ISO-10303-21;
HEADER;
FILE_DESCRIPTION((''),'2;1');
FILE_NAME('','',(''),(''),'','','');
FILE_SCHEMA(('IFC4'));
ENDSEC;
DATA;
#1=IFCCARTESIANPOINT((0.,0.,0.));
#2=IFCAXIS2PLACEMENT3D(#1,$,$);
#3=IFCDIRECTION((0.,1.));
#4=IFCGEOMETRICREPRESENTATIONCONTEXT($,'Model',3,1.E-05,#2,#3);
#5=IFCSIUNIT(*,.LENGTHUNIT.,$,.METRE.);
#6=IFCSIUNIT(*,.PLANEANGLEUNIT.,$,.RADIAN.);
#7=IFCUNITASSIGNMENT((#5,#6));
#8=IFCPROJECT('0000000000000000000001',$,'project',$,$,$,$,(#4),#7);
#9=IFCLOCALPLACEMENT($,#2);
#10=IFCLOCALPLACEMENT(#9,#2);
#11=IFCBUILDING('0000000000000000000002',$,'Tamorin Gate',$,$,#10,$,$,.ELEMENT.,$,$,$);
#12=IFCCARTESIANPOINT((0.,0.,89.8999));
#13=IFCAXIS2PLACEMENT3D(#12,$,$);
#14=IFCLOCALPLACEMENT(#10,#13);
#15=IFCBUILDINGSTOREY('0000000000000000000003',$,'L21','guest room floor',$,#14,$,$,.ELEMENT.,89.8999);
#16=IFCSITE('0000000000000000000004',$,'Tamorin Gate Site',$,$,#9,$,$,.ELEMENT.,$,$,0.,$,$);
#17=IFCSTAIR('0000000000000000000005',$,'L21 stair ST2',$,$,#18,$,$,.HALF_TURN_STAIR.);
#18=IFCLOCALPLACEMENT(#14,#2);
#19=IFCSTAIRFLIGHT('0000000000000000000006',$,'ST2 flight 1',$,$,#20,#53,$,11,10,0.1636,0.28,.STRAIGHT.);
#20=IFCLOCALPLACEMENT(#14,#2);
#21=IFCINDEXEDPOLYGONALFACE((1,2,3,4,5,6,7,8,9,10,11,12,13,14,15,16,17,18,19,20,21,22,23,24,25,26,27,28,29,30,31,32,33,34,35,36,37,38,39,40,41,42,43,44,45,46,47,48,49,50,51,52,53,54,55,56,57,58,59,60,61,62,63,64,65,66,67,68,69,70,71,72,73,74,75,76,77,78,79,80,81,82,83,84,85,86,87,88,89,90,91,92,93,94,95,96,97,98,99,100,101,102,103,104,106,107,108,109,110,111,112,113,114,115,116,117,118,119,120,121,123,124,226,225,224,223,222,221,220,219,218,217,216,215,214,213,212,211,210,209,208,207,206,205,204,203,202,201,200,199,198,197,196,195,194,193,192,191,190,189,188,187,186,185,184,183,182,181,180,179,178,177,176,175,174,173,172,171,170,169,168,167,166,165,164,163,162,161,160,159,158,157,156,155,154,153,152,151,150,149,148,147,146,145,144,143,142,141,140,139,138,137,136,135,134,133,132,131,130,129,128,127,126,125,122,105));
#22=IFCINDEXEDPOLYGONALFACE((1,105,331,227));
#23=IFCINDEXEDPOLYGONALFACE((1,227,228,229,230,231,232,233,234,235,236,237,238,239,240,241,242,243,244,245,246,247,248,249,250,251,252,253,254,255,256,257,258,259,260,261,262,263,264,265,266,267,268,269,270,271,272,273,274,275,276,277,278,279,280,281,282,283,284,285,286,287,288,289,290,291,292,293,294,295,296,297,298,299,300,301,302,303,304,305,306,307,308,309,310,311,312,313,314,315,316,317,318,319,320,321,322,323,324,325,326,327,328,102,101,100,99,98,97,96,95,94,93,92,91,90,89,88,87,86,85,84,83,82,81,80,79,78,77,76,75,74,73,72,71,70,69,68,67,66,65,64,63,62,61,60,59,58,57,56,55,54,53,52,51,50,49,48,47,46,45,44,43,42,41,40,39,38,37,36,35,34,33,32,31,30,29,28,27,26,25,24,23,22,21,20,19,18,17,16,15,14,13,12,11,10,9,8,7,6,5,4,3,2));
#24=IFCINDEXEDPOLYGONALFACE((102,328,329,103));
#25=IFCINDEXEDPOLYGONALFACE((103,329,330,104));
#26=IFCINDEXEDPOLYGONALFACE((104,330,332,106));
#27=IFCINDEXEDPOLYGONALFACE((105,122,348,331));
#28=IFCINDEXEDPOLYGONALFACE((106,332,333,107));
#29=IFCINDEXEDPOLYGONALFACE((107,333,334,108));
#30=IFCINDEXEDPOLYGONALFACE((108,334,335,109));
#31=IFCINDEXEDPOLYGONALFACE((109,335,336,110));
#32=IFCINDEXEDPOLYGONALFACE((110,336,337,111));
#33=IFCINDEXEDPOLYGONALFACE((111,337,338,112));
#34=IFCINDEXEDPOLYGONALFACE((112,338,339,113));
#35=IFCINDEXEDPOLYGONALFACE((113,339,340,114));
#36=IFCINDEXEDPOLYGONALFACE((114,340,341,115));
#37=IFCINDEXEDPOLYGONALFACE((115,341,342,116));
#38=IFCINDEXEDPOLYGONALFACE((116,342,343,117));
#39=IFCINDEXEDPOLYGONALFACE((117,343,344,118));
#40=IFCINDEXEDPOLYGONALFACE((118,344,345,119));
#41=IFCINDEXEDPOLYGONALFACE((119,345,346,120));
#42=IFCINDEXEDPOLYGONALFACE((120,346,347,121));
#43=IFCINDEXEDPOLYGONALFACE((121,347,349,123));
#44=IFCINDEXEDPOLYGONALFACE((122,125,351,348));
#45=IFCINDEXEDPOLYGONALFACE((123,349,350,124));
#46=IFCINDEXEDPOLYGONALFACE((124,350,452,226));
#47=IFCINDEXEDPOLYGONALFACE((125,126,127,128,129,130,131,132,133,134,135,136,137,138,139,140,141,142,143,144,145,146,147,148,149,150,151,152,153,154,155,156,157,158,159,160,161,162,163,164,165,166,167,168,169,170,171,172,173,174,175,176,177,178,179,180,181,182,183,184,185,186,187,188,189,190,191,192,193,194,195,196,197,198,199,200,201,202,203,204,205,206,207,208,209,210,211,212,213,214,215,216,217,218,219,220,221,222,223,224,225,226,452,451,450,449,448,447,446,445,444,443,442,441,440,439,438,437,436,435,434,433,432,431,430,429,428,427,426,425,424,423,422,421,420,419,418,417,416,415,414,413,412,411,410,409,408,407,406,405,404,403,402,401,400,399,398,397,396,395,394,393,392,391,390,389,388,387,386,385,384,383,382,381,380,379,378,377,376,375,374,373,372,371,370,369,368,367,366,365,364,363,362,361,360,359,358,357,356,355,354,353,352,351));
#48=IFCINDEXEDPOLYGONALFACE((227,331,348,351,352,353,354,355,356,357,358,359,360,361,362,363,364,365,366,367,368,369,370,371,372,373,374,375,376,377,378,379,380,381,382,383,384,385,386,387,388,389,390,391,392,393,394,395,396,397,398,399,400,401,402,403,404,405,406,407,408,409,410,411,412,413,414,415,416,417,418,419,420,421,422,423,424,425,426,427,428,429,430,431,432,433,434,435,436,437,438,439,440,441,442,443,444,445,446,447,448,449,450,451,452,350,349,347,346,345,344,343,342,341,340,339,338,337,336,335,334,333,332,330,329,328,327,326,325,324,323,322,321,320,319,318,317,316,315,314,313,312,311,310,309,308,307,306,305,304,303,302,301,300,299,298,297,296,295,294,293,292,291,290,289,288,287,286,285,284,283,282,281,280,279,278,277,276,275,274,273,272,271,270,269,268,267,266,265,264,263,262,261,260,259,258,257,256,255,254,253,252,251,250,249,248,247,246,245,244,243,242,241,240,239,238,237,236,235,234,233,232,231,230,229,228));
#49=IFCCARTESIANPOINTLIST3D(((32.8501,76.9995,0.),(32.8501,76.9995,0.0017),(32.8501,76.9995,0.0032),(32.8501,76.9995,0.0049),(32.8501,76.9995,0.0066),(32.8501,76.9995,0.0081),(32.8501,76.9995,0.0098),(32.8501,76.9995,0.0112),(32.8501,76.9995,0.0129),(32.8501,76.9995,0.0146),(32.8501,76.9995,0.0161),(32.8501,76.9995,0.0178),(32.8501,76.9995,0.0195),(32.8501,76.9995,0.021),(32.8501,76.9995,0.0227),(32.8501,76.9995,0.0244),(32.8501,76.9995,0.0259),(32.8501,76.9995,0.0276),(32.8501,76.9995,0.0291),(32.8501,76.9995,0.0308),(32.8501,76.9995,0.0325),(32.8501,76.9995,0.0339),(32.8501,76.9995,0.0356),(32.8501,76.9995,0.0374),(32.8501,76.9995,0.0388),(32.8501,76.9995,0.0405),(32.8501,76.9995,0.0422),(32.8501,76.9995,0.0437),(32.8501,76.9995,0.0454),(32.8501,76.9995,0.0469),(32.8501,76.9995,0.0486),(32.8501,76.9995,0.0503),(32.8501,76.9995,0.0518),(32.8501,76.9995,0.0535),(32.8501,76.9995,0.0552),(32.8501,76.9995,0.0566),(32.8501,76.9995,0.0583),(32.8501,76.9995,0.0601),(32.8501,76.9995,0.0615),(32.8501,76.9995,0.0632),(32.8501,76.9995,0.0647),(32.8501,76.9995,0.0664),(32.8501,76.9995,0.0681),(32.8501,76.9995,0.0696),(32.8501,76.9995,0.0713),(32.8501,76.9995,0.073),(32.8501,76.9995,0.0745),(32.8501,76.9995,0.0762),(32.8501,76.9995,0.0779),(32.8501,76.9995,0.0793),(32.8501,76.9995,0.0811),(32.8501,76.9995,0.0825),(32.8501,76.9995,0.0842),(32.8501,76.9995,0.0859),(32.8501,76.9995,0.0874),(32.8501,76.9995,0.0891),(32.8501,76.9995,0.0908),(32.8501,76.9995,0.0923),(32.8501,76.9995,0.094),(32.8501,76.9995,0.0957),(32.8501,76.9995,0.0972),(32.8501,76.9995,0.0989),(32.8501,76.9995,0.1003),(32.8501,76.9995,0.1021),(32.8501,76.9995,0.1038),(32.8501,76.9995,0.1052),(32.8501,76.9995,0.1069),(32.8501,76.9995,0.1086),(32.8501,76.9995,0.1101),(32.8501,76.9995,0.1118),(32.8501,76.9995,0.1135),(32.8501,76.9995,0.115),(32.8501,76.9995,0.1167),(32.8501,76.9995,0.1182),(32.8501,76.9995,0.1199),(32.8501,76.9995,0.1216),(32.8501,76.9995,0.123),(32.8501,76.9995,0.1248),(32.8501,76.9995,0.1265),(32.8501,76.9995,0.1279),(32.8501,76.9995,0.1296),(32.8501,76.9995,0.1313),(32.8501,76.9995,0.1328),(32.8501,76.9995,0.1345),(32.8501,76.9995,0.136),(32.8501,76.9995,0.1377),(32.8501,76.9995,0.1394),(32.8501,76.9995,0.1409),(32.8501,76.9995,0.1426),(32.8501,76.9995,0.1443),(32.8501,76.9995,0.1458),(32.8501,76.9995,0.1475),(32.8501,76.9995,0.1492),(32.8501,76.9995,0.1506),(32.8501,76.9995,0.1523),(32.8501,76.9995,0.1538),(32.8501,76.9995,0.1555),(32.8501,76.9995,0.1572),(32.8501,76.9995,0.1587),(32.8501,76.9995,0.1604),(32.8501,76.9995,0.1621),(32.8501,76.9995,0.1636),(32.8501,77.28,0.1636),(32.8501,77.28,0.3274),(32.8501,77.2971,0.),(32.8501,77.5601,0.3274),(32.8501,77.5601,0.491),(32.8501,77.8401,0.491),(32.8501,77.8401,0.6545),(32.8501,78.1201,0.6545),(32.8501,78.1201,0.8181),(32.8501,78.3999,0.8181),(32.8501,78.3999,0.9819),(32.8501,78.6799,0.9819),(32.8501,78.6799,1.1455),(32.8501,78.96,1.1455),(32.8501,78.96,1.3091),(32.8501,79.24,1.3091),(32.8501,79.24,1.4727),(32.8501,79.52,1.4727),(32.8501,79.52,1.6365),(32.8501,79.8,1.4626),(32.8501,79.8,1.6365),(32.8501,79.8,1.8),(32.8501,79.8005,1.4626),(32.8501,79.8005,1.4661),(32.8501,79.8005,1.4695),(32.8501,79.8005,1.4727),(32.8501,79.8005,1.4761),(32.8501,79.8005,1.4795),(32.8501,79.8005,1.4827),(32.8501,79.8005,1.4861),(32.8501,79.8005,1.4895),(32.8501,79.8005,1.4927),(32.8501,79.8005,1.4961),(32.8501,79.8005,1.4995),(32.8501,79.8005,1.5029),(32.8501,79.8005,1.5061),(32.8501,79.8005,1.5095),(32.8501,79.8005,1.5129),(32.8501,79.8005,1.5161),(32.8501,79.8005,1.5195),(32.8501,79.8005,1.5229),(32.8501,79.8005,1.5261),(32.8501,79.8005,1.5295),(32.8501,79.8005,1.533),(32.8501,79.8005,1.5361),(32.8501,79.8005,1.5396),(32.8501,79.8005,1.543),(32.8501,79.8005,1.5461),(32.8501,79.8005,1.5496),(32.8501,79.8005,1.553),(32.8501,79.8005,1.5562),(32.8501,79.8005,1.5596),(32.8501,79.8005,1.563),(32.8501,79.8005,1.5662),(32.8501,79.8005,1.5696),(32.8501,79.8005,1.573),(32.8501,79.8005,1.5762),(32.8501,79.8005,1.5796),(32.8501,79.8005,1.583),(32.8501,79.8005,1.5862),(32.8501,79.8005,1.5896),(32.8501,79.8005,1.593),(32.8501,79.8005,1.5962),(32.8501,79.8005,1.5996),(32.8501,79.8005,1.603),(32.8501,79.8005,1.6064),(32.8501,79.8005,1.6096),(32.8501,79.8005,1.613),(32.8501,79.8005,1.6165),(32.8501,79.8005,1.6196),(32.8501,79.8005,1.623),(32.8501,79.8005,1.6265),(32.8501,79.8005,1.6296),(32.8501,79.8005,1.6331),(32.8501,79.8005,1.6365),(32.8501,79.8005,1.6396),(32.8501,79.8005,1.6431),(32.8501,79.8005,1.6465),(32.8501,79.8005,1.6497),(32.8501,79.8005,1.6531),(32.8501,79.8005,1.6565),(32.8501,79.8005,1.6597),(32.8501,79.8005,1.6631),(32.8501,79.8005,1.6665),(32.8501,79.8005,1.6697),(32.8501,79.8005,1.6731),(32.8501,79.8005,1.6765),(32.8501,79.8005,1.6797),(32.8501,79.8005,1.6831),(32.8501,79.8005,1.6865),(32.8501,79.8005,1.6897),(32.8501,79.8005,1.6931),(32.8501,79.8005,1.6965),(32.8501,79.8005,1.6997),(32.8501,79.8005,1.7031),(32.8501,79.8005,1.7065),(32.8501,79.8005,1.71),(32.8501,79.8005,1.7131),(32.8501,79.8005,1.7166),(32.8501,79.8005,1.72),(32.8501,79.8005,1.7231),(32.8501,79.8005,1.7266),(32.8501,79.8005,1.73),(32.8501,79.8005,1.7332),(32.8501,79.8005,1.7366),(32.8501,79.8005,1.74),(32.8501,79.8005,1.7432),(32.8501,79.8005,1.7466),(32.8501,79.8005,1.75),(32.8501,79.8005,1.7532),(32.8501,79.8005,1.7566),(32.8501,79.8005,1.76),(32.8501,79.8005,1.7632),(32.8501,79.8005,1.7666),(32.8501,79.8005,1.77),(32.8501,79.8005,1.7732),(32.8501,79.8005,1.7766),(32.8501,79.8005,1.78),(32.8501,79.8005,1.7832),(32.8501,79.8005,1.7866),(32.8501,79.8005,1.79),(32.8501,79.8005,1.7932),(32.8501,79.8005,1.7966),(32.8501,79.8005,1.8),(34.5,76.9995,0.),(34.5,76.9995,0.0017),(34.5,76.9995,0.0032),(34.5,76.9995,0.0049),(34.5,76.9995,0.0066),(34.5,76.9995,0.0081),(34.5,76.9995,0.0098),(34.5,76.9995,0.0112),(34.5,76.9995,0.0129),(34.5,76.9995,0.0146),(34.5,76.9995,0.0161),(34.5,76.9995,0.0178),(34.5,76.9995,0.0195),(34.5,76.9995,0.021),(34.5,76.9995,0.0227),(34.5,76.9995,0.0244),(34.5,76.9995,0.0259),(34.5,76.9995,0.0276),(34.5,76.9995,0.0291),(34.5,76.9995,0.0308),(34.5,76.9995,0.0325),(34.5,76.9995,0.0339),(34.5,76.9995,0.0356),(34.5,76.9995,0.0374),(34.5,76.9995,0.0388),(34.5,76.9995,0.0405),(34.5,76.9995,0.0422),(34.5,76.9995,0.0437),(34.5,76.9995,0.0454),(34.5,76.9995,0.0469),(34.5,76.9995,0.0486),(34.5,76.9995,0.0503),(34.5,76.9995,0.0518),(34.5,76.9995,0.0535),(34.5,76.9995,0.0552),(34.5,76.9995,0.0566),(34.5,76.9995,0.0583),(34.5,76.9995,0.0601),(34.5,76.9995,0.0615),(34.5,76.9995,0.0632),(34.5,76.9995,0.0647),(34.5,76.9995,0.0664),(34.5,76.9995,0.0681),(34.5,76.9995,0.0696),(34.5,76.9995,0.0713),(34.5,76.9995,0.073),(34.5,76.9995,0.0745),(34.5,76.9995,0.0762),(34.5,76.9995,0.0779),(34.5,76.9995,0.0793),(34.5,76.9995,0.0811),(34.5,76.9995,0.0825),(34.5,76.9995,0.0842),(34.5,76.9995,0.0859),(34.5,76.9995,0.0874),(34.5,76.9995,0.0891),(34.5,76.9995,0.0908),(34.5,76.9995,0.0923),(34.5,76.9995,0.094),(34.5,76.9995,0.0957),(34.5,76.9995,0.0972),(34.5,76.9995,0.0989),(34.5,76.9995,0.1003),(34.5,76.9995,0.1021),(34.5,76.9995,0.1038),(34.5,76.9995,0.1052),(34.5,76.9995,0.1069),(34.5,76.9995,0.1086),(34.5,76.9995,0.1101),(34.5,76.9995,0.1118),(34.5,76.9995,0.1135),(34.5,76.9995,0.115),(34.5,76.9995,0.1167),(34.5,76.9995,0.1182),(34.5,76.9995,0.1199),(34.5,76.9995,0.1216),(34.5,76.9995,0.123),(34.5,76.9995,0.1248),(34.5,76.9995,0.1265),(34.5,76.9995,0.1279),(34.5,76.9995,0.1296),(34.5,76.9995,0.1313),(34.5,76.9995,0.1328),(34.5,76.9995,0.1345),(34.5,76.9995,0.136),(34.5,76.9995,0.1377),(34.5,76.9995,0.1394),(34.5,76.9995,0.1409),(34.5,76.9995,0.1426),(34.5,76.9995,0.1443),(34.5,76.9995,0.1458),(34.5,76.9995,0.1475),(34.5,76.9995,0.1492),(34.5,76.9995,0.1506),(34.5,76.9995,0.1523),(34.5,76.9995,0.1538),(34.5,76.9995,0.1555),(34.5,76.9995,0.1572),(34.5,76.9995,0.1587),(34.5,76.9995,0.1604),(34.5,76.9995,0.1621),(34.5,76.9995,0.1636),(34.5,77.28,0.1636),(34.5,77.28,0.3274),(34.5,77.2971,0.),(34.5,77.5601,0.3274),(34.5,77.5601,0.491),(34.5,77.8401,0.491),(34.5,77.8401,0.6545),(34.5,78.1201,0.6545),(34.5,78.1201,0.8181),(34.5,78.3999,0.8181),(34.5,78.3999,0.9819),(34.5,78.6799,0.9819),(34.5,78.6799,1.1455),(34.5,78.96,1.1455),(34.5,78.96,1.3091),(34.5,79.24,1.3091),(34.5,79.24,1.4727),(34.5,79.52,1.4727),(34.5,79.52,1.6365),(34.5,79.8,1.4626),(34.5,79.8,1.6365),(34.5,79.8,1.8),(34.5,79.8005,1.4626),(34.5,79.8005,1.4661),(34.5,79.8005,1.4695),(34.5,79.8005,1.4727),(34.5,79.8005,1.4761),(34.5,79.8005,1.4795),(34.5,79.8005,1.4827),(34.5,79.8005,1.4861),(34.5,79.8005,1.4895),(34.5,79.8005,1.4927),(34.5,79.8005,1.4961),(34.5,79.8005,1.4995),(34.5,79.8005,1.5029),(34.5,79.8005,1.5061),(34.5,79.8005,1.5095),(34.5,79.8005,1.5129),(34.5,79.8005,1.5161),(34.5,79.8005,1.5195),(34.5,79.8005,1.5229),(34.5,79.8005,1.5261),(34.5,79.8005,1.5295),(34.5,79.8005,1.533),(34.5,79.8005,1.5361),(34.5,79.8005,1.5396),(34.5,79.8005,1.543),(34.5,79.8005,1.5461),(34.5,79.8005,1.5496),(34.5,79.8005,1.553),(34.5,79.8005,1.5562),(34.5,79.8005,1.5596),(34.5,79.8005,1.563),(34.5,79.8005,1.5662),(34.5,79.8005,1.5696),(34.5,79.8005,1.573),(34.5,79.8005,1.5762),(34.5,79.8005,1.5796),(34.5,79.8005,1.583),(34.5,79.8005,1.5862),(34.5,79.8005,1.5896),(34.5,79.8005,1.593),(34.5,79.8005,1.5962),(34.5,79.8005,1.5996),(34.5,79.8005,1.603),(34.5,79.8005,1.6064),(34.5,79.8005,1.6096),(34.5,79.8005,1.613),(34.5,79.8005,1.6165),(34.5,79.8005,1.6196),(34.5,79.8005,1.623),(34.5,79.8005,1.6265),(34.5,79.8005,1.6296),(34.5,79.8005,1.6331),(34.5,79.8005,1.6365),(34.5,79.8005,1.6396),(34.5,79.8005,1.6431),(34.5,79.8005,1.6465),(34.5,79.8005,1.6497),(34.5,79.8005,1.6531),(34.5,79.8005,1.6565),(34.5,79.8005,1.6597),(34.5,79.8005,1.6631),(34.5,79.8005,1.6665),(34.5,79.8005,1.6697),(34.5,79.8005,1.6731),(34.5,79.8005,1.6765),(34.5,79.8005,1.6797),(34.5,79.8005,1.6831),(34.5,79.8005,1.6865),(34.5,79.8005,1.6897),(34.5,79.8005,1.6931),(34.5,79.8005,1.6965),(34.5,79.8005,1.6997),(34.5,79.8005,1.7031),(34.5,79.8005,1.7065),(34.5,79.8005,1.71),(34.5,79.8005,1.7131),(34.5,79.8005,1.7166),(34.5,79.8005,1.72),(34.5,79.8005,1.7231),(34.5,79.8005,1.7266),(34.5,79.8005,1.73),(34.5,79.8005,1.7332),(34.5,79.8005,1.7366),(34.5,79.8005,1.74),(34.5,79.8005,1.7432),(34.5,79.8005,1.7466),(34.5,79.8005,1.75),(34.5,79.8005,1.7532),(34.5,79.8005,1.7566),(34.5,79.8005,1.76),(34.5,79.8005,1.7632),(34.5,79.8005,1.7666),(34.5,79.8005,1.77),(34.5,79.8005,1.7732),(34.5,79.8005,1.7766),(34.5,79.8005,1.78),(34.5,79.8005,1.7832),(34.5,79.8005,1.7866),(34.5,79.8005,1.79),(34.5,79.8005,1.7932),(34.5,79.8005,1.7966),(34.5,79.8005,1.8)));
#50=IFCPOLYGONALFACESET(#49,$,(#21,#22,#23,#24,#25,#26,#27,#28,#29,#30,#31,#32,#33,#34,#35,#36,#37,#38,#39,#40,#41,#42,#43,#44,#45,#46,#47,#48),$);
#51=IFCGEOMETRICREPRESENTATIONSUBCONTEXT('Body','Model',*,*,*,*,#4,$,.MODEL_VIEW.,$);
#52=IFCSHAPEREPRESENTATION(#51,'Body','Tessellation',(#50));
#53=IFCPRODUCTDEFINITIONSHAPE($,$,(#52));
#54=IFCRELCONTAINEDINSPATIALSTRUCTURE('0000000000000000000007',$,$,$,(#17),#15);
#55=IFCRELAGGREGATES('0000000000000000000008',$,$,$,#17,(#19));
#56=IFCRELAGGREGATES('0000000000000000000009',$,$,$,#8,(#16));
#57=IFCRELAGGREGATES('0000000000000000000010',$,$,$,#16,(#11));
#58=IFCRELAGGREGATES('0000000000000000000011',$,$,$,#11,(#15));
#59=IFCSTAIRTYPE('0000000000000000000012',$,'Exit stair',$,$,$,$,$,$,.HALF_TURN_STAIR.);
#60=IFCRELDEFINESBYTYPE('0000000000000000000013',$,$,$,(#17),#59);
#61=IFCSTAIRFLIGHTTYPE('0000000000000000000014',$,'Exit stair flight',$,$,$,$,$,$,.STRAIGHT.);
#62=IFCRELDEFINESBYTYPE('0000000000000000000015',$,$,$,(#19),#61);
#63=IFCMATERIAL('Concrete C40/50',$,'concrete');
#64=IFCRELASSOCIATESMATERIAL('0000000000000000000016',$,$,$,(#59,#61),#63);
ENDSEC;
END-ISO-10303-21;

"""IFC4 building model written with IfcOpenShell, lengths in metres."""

from ifc_helpers import new_model, si_unit, direction, frame, origin, place, context, subcontext, project, spatial, polyline, outline, extrude, material, type_object, element, aggregate, save


model = new_model("IFC4")

# Units and contexts
model_context = context("Model", 3, precision=1e-05, world=origin(), true_north=direction((0.0, 1.0)))
body_context = subcontext(model_context, "Body", "Model", "MODEL_VIEW")
ifc_project = project(units=[si_unit("LENGTHUNIT", "METRE"), si_unit("PLANEANGLEUNIT", "RADIAN")], contexts=[model_context])

# Site, building, storey
site_placement = place(None, origin())
site = spatial("IfcSite", under=ifc_project, at=site_placement, Name="Tamorin Gate Site", CompositionType="ELEMENT", RefElevation=0.0)
building_placement = place(site_placement, origin())
building = spatial("IfcBuilding", under=site, at=building_placement, Name="Tamorin Gate", CompositionType="ELEMENT")
storey_placement = place(building_placement, frame((0.0, 0.0, 89.8999)))
storey = spatial("IfcBuildingStorey", under=building, at=storey_placement, Name="L21", Description="guest room floor", CompositionType="ELEMENT", Elevation=89.8999)

# Shared definitions
ifc_material_1 = material(Name="Concrete C40/50", Category="concrete")

# Stair, stair flight
stair_type = type_object("IfcStairType", Name="Exit stair", PredefinedType="HALF_TURN_STAIR", material=ifc_material_1)
stair_placement = place(storey_placement, origin())
stair = element("IfcStair", 1, at=stair_placement, inside=storey, type_object=stair_type, Name="L21 stair ST2", PredefinedType="HALF_TURN_STAIR")
stair_flight_type = type_object("IfcStairFlightType", Name="Exit stair flight", PredefinedType="STRAIGHT", material=ifc_material_1)
stair_flight_1_placement = place(storey_placement, frame((33.675, 77.0, 0.0), z_axis=(0.0, 0.0, 1.0), x_axis=(0.0, 1.0, 0.0)))
stair_flight_1 = element("IfcStairFlight", 2, at=stair_flight_1_placement, type_object=stair_flight_type, Name="ST2 flight 1", NumberOfRisers=11, NumberOfTreads=10, PredefinedType="STRAIGHT", RiserHeight=0.1636, TreadLength=0.28, context=body_context, shape_type="SweptSolid", body=[
    extrude(outline(polyline([(-0.0005, 0.0), (-0.0005, 0.0017), (-0.0005, 0.0032), (-0.0005, 0.0049), (-0.0005, 0.0066), (-0.0005, 0.0081), (-0.0005, 0.0098), (-0.0005, 0.0112), (-0.0005, 0.0129), (-0.0005, 0.0146), (-0.0005, 0.0161), (-0.0005, 0.0178), (-0.0005, 0.0195), (-0.0005, 0.021), (-0.0005, 0.0227), (-0.0005, 0.0244), (-0.0005, 0.0259), (-0.0005, 0.0276), (-0.0005, 0.0291), (-0.0005, 0.0308), (-0.0005, 0.0325), (-0.0005, 0.0339), (-0.0005, 0.0356), (-0.0005, 0.0374), (-0.0005, 0.0388), (-0.0005, 0.0405), (-0.0005, 0.0422), (-0.0005, 0.0437), (-0.0005, 0.0454), (-0.0005, 0.0469), (-0.0005, 0.0486), (-0.0005, 0.0503), (-0.0005, 0.0518), (-0.0005, 0.0535), (-0.0005, 0.0552), (-0.0005, 0.0566), (-0.0005, 0.0583), (-0.0005, 0.0601), (-0.0005, 0.0615), (-0.0005, 0.0632), (-0.0005, 0.0647), (-0.0005, 0.0664), (-0.0005, 0.0681), (-0.0005, 0.0696), (-0.0005, 0.0713), (-0.0005, 0.073), (-0.0005, 0.0745), (-0.0005, 0.0762), (-0.0005, 0.0779), (-0.0005, 0.0793), (-0.0005, 0.0811), (-0.0005, 0.0825), (-0.0005, 0.0842), (-0.0005, 0.0859), (-0.0005, 0.0874), (-0.0005, 0.0891), (-0.0005, 0.0908), (-0.0005, 0.0923), (-0.0005, 0.094), (-0.0005, 0.0957), (-0.0005, 0.0972), (-0.0005, 0.0989), (-0.0005, 0.1003), (-0.0005, 0.1021), (-0.0005, 0.1038), (-0.0005, 0.1052), (-0.0005, 0.1069), (-0.0005, 0.1086), (-0.0005, 0.1101), (-0.0005, 0.1118), (-0.0005, 0.1135), (-0.0005, 0.115), (-0.0005, 0.1167), (-0.0005, 0.1182), (-0.0005, 0.1199), (-0.0005, 0.1216), (-0.0005, 0.123), (-0.0005, 0.1248), (-0.0005, 0.1265), (-0.0005, 0.1279), (-0.0005, 0.1296), (-0.0005, 0.1313), (-0.0005, 0.1328), (-0.0005, 0.1345), (-0.0005, 0.136), (-0.0005, 0.1377), (-0.0005, 0.1394), (-0.0005, 0.1409), (-0.0005, 0.1426), (-0.0005, 0.1443), (-0.0005, 0.1458), (-0.0005, 0.1475), (-0.0005, 0.1492), (-0.0005, 0.1506), (-0.0005, 0.1523), (-0.0005, 0.1538), (-0.0005, 0.1555), (-0.0005, 0.1572), (-0.0005, 0.1587), (-0.0005, 0.1604), (-0.0005, 0.1621), (-0.0005, 0.1636), (0.28, 0.1636), (0.28, 0.3274), (0.5601, 0.3274), (0.5601, 0.491), (0.8401, 0.491), (0.8401, 0.6545), (1.1201, 0.6545), (1.1201, 0.8181), (1.3999, 0.8181), (1.3999, 0.9819), (1.6799, 0.9819), (1.6799, 1.1455), (1.96, 1.1455), (1.96, 1.3091), (2.24, 1.3091), (2.24, 1.4727), (2.52, 1.4727), (2.52, 1.6365), (2.8, 1.6365), (2.8, 1.8), (2.8005, 1.8), (2.8005, 1.7966), (2.8005, 1.7932), (2.8005, 1.79), (2.8005, 1.7866), (2.8005, 1.7832), (2.8005, 1.78), (2.8005, 1.7766), (2.8005, 1.7732), (2.8005, 1.77), (2.8005, 1.7666), (2.8005, 1.7632), (2.8005, 1.76), (2.8005, 1.7566), (2.8005, 1.7532), (2.8005, 1.75), (2.8005, 1.7466), (2.8005, 1.7432), (2.8005, 1.74), (2.8005, 1.7366), (2.8005, 1.7332), (2.8005, 1.73), (2.8005, 1.7266), (2.8005, 1.7231), (2.8005, 1.72), (2.8005, 1.7166), (2.8005, 1.7131), (2.8005, 1.71), (2.8005, 1.7065), (2.8005, 1.7031), (2.8005, 1.6997), (2.8005, 1.6965), (2.8005, 1.6931), (2.8005, 1.6897), (2.8005, 1.6865), (2.8005, 1.6831), (2.8005, 1.6797), (2.8005, 1.6765), (2.8005, 1.6731), (2.8005, 1.6697), (2.8005, 1.6665), (2.8005, 1.6631), (2.8005, 1.6597), (2.8005, 1.6565), (2.8005, 1.6531), (2.8005, 1.6497), (2.8005, 1.6465), (2.8005, 1.6431), (2.8005, 1.6396), (2.8005, 1.6365), (2.8005, 1.6331), (2.8005, 1.6296), (2.8005, 1.6265), (2.8005, 1.623), (2.8005, 1.6196), (2.8005, 1.6165), (2.8005, 1.613), (2.8005, 1.6096), (2.8005, 1.6064), (2.8005, 1.603), (2.8005, 1.5996), (2.8005, 1.5962), (2.8005, 1.593), (2.8005, 1.5896), (2.8005, 1.5862), (2.8005, 1.583), (2.8005, 1.5796), (2.8005, 1.5762), (2.8005, 1.573), (2.8005, 1.5696), (2.8005, 1.5662), (2.8005, 1.563), (2.8005, 1.5596), (2.8005, 1.5562), (2.8005, 1.553), (2.8005, 1.5496), (2.8005, 1.5461), (2.8005, 1.543), (2.8005, 1.5396), (2.8005, 1.5361), (2.8005, 1.533), (2.8005, 1.5295), (2.8005, 1.5261), (2.8005, 1.5229), (2.8005, 1.5195), (2.8005, 1.5161), (2.8005, 1.5129), (2.8005, 1.5095), (2.8005, 1.5061), (2.8005, 1.5029), (2.8005, 1.4995), (2.8005, 1.4961), (2.8005, 1.4927), (2.8005, 1.4895), (2.8005, 1.4861), (2.8005, 1.4827), (2.8005, 1.4795), (2.8005, 1.4761), (2.8005, 1.4727), (2.8005, 1.4695), (2.8005, 1.4661), (2.8005, 1.4626), (2.8, 1.4626), (0.2971, 0.0), (-0.0005, 0.0)])), frame((0.0, 0.825, 0.0), z_axis=(0.0, -1.0, 0.0), x_axis=(1.0, 0.0, 0.0)), (0.0, 0.0, 1.0), 1.6499),
])
aggregate(stair, [stair_flight_1])

save(model, "model.ifc")
